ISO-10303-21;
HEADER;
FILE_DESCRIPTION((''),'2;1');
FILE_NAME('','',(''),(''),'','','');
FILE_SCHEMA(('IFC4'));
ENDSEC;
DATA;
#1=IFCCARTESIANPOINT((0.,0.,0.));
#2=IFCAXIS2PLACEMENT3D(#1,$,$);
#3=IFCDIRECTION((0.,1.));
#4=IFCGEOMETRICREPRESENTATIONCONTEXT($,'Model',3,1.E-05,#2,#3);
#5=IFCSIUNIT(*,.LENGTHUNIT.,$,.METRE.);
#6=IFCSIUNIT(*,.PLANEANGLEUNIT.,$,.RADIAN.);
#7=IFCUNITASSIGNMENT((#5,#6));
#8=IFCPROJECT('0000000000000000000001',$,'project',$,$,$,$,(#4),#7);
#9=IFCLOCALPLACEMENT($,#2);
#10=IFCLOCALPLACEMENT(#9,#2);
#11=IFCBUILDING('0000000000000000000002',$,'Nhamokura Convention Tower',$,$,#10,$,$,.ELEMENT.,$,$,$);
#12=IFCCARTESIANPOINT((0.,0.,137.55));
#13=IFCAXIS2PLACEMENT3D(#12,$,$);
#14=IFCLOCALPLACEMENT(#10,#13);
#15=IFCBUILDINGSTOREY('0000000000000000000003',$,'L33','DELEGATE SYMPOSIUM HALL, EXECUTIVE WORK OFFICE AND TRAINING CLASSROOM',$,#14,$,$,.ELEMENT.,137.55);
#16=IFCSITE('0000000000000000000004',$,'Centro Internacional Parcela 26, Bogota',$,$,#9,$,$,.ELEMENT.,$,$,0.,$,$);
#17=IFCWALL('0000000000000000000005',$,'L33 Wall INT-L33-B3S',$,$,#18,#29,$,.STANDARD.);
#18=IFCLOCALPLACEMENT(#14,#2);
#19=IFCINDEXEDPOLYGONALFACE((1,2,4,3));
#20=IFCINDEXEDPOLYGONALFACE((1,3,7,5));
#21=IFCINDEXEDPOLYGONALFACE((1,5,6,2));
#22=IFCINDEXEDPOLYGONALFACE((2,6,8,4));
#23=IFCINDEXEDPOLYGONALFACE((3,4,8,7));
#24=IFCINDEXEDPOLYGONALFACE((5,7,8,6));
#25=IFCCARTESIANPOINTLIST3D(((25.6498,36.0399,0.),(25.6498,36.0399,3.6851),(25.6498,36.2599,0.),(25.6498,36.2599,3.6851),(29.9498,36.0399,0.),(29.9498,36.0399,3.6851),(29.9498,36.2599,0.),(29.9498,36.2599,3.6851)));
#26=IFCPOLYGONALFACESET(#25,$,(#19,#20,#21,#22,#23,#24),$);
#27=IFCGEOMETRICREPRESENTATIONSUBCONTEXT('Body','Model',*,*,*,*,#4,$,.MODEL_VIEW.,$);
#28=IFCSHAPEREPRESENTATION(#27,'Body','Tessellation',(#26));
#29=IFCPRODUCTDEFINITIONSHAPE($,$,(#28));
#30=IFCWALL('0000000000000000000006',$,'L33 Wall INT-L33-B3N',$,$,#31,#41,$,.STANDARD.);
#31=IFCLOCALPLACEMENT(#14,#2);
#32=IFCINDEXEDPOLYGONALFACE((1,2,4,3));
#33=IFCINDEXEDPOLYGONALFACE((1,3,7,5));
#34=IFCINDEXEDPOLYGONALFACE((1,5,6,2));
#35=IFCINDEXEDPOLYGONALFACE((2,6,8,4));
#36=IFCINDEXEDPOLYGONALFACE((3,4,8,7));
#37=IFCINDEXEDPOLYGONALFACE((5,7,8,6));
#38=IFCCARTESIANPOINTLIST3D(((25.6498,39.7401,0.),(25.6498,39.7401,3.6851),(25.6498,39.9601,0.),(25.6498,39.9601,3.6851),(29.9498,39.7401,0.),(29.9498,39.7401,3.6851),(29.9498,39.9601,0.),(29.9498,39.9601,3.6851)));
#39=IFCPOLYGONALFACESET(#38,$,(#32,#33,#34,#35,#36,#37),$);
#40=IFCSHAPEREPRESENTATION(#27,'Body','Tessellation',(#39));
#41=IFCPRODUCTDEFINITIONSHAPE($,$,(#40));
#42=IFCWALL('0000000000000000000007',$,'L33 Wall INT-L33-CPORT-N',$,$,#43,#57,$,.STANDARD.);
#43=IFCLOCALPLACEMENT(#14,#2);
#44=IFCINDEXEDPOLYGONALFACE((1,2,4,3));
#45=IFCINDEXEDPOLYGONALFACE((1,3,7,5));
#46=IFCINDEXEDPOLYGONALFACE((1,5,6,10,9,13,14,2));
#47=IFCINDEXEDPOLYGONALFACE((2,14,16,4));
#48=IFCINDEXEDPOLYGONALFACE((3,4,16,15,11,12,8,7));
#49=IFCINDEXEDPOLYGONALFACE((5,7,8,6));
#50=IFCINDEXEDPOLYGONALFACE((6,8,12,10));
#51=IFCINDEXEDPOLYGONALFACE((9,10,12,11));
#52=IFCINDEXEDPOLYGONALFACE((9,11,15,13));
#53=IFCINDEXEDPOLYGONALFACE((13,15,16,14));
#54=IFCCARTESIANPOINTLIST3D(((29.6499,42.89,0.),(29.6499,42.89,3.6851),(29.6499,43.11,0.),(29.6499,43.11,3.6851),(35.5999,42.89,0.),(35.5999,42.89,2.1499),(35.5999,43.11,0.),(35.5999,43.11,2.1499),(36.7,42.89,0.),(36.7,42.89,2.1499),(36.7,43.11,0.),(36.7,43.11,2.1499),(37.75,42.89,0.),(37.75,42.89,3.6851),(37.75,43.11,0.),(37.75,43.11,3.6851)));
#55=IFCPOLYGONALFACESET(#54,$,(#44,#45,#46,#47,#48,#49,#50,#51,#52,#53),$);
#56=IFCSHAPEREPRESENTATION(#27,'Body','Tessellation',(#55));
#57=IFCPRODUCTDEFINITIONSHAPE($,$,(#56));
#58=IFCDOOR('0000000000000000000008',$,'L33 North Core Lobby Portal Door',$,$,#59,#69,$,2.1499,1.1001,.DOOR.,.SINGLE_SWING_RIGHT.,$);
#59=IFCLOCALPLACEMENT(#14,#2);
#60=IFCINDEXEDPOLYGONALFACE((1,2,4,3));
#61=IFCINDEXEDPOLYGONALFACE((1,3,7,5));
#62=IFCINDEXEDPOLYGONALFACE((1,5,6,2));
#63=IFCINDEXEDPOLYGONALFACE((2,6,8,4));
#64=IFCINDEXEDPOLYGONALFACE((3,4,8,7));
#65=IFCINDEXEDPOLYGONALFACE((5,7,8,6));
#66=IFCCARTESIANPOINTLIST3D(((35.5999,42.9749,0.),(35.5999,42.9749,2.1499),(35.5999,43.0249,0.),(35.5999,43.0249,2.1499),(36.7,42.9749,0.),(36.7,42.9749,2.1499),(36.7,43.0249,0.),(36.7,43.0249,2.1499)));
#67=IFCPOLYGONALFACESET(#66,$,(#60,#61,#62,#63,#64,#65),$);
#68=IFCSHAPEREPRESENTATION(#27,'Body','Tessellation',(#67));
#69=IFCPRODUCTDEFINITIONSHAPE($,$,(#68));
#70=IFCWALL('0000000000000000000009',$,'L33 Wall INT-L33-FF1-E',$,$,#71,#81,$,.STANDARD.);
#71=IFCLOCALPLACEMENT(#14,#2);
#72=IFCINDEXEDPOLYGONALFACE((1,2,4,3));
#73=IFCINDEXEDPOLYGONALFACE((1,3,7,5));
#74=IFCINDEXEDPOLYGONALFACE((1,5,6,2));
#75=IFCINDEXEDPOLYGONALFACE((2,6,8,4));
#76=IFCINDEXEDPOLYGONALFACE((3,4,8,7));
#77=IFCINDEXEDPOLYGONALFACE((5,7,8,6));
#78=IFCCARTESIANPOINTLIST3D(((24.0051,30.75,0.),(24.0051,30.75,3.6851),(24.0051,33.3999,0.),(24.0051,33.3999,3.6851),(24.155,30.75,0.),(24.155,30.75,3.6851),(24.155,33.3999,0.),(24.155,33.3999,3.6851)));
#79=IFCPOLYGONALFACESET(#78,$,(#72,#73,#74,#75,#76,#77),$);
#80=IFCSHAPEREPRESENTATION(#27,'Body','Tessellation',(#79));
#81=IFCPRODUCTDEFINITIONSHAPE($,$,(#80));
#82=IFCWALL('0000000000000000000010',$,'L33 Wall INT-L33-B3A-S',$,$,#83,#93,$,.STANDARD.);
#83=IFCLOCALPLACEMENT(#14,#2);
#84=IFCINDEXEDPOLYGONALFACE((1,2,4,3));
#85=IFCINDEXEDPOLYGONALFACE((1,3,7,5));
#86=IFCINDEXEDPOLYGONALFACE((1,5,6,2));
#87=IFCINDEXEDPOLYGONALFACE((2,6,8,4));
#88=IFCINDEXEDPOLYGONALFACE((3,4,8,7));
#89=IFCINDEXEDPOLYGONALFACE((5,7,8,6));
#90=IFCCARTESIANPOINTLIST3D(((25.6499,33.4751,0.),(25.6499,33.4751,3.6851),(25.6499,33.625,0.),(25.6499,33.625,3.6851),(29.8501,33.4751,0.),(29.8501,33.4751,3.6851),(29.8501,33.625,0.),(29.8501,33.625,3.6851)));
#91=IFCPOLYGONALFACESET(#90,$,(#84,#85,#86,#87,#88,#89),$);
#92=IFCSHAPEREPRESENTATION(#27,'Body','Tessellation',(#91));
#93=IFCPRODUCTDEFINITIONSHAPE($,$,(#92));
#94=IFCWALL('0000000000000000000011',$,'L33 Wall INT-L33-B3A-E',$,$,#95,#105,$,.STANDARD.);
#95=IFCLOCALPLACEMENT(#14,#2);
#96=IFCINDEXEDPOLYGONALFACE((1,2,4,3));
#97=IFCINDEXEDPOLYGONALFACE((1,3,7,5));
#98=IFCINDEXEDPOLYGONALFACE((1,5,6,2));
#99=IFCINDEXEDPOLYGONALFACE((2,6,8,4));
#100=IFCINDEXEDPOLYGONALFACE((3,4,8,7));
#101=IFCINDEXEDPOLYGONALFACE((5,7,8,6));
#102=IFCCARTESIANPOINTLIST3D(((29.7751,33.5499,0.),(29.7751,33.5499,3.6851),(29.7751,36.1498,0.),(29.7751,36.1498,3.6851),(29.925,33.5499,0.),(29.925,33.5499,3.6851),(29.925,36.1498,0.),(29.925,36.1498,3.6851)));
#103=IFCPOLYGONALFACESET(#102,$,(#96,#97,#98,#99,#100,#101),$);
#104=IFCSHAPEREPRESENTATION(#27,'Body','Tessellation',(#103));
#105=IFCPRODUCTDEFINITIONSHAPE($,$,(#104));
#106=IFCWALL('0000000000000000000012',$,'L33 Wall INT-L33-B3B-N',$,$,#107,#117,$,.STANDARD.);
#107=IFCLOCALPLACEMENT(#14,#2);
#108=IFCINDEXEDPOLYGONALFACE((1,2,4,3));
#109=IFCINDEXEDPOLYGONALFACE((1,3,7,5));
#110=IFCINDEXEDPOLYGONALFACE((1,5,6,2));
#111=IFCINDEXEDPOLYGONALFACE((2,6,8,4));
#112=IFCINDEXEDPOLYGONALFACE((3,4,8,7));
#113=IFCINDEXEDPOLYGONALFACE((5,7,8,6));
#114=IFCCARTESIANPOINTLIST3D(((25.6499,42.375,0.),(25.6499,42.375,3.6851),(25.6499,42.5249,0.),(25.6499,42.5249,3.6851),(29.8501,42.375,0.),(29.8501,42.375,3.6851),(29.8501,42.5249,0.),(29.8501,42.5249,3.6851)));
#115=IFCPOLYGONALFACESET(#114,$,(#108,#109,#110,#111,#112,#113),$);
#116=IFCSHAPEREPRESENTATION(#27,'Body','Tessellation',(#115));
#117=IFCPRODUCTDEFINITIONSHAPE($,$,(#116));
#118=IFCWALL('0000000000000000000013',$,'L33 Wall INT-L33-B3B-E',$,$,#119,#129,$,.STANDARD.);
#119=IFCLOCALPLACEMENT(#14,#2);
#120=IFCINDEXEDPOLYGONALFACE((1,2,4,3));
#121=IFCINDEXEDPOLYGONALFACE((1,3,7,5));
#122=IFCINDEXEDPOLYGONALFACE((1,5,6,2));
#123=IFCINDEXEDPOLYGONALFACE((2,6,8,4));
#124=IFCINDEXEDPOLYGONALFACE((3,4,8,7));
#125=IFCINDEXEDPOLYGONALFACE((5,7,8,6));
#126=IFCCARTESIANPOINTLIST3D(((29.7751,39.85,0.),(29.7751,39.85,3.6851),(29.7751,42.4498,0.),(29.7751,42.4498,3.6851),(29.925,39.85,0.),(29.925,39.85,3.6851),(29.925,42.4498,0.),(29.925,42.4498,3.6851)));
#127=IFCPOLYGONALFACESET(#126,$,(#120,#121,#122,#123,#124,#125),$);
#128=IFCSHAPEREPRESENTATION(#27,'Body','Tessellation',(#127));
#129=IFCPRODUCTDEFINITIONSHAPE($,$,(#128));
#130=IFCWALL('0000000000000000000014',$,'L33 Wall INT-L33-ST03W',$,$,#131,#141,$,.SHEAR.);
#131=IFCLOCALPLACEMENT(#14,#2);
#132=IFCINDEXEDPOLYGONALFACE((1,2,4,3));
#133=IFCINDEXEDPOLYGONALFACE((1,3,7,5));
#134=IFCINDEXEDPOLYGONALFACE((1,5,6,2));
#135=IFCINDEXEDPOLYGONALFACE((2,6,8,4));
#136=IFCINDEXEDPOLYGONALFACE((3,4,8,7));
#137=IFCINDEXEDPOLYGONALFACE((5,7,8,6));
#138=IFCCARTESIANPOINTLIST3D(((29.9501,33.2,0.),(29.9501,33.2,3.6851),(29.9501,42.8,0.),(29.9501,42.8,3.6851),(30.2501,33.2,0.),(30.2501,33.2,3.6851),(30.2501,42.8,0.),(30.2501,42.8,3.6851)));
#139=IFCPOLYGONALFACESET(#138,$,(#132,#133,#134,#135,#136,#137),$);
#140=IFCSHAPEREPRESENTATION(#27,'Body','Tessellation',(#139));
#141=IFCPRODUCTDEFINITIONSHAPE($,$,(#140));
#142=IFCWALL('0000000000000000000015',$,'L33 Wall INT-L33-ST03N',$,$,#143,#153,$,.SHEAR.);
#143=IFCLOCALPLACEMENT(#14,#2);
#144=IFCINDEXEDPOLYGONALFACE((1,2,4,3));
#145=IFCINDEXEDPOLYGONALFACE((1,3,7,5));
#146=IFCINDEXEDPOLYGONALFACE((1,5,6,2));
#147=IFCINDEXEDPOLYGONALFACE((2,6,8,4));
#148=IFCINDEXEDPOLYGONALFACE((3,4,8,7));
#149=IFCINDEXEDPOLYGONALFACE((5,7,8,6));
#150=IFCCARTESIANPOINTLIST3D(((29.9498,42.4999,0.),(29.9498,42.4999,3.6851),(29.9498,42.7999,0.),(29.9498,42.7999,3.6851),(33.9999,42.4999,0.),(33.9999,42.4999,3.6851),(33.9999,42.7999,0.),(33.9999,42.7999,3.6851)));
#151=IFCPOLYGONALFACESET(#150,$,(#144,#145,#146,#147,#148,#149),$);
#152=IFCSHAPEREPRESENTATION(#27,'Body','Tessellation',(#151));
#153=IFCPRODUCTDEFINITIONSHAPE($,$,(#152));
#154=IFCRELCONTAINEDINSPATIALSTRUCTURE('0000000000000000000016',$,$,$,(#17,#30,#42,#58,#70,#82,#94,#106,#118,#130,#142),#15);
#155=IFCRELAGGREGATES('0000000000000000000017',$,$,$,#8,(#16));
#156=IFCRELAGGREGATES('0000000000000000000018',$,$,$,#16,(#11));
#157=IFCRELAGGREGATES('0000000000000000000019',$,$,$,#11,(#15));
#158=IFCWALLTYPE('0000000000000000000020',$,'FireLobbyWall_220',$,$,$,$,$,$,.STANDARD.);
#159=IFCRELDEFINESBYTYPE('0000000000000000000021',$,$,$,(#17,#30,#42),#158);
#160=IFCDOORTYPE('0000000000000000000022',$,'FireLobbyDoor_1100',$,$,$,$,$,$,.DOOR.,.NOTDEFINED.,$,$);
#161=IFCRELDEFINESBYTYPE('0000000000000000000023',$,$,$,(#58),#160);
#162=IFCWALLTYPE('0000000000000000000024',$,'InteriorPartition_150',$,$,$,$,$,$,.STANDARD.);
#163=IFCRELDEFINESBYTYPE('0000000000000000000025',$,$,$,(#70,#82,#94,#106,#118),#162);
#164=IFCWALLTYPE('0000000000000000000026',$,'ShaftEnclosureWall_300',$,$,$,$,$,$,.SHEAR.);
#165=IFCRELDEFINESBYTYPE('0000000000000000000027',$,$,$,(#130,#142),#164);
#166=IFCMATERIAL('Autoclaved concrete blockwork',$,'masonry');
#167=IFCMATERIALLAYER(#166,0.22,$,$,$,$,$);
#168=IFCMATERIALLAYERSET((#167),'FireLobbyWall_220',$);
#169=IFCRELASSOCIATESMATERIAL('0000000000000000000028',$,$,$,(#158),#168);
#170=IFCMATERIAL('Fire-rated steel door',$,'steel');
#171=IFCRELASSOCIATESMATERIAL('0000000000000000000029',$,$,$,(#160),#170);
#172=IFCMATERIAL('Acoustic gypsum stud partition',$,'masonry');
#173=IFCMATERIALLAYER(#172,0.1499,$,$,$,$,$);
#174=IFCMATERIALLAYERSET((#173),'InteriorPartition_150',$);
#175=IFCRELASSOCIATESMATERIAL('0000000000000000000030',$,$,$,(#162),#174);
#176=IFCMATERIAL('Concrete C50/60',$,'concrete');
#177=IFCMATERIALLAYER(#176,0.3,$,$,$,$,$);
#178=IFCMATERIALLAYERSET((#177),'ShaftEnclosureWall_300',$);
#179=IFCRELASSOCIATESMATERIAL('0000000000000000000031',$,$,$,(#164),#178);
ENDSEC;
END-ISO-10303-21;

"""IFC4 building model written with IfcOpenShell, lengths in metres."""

from ifc_helpers import new_model, si_unit, direction, frame, frame_2d, origin, place, context, subcontext, project, spatial, rectangle, extrude, material, layer, layer_set, type_object, element, fill, save


model = new_model("IFC4")

# Units and contexts
model_context = context("Model", 3, precision=1e-05, world=origin(), true_north=direction((0.0, 1.0)))
body_context = subcontext(model_context, "Body", "Model", "MODEL_VIEW")
ifc_project = project(units=[si_unit("LENGTHUNIT", "METRE"), si_unit("PLANEANGLEUNIT", "RADIAN")], contexts=[model_context])

# Site, building, storey
site_placement = place(None, origin())
site = spatial("IfcSite", under=ifc_project, at=site_placement, Name="Centro Internacional Parcela 26, Bogota", CompositionType="ELEMENT", RefElevation=0.0)
building_placement = place(site_placement, origin())
building = spatial("IfcBuilding", under=site, at=building_placement, Name="Nhamokura Convention Tower", CompositionType="ELEMENT")
storey_placement = place(building_placement, frame((0.0, 0.0, 137.55)))
storey = spatial("IfcBuildingStorey", under=building, at=storey_placement, Name="L33", Description="DELEGATE SYMPOSIUM HALL, EXECUTIVE WORK OFFICE AND TRAINING CLASSROOM", CompositionType="ELEMENT", Elevation=137.55)

# Walls
ifc_material_1 = material(Name="Autoclaved concrete blockwork", Category="masonry")
ifc_layer_1 = layer(ifc_material_1, 0.22)
ifc_layer_set_1 = layer_set([ifc_layer_1], Name="FireLobbyWall_220")
wall_type_1 = type_object("IfcWallType", Name="FireLobbyWall_220", PredefinedType="STANDARD", material=ifc_layer_set_1)
for number, where, z_axis, x_axis, name in (
    (1, (25.6499, 36.1499, 0.0), (0.0, 0.0, 1.0), (1.0, 0.0, 0.0), "L33 Wall INT-L33-B3S"),
    (2, (25.6499, 39.8501, 0.0), (0.0, 0.0, 1.0), (1.0, 0.0, 0.0), "L33 Wall INT-L33-B3N"),
):
    element("IfcWall", number, at=place(storey_placement, frame(where, z_axis=z_axis, x_axis=x_axis)), inside=storey, type_object=wall_type_1, Name=name, PredefinedType="STANDARD", context=body_context, shape_type="SweptSolid", body=[
        extrude(rectangle(XDim=4.3, YDim=0.22, at=frame_2d((2.1499, 0.0))), origin(), (0.0, 0.0, 1.0), 3.6851),
    ])

# Wall, opening, door
wall_1_placement = place(storey_placement, frame((29.6499, 43.0, 0.0), z_axis=(0.0, 0.0, 1.0), x_axis=(1.0, 0.0, 0.0)))
wall_1 = element("IfcWall", 3, at=wall_1_placement, inside=storey, type_object=wall_type_1, Name="L33 Wall INT-L33-CPORT-N", PredefinedType="STANDARD", context=body_context, shape_type="SweptSolid", body=[
    extrude(rectangle(XDim=8.1001, YDim=0.22, at=frame_2d((4.05, 0.0))), origin(), (0.0, 0.0, 1.0), 3.6851),
])
opening_1_placement = place(wall_1_placement, frame((5.95, 0.0, 0.0)))
opening_1 = element("IfcOpeningElement", 4, at=opening_1_placement, cuts=wall_1, PredefinedType="OPENING", context=body_context, shape_type="SweptSolid", body=[
    extrude(rectangle(XDim=1.1001, YDim=2.1499, at=frame_2d((0.55, 1.075))), frame((0.0, 0.1199, 0.0), z_axis=(0.0, -1.0, 0.0), x_axis=(1.0, 0.0, 0.0)), (0.0, 0.0, 1.0), 0.24),
])
ifc_material_2 = material(Name="Fire-rated steel door", Category="steel")
door_type_1 = type_object("IfcDoorType", Name="FireLobbyDoor_1100", OperationType="NOTDEFINED", PredefinedType="DOOR", material=ifc_material_2)
door_1_placement = place(opening_1_placement, origin())
door_1 = element("IfcDoor", 5, at=door_1_placement, inside=storey, type_object=door_type_1, Name="L33 North Core Lobby Portal Door", OperationType="SINGLE_SWING_RIGHT", OverallHeight=2.1499, OverallWidth=1.1001, PredefinedType="DOOR", context=body_context, shape_type="SweptSolid", body=[
    extrude(rectangle(XDim=1.1001, YDim=2.1499, at=frame_2d((0.55, 1.075))), frame((0.0, 0.0249, 0.0), z_axis=(0.0, -1.0, 0.0), x_axis=(1.0, 0.0, 0.0)), (0.0, 0.0, 1.0), 0.05),
])
fill(opening_1, door_1)

# Walls
ifc_material_3 = material(Name="Acoustic gypsum stud partition", Category="masonry")
ifc_layer_2 = layer(ifc_material_3, 0.1499)
ifc_layer_set_2 = layer_set([ifc_layer_2], Name="InteriorPartition_150")
wall_type_2 = type_object("IfcWallType", Name="InteriorPartition_150", PredefinedType="STANDARD", material=ifc_layer_set_2)
wall_2_placement = place(storey_placement, frame((24.0801, 30.75, 0.0), z_axis=(0.0, 0.0, 1.0), x_axis=(0.0, 1.0, 0.0)))
element("IfcWall", 6, at=wall_2_placement, inside=storey, type_object=wall_type_2, Name="L33 Wall INT-L33-FF1-E", PredefinedType="STANDARD", context=body_context, shape_type="SweptSolid", body=[
    extrude(rectangle(XDim=2.6499, YDim=0.1499, at=frame_2d((1.325, 0.0))), origin(), (0.0, 0.0, 1.0), 3.6851),
])
wall_3_placement = place(storey_placement, frame((25.6499, 33.55, 0.0), z_axis=(0.0, 0.0, 1.0), x_axis=(1.0, 0.0, 0.0)))
element("IfcWall", 7, at=wall_3_placement, inside=storey, type_object=wall_type_2, Name="L33 Wall INT-L33-B3A-S", PredefinedType="STANDARD", context=body_context, shape_type="SweptSolid", body=[
    extrude(rectangle(XDim=4.2002, YDim=0.1499, at=frame_2d((2.1001, 0.0))), origin(), (0.0, 0.0, 1.0), 3.6851),
])
wall_4_placement = place(storey_placement, frame((29.8501, 33.55, 0.0), z_axis=(0.0, 0.0, 1.0), x_axis=(0.0, 1.0, 0.0)))
element("IfcWall", 8, at=wall_4_placement, inside=storey, type_object=wall_type_2, Name="L33 Wall INT-L33-B3A-E", PredefinedType="STANDARD", context=body_context, shape_type="SweptSolid", body=[
    extrude(rectangle(XDim=2.5999, YDim=0.1499, at=frame_2d((1.2998, 0.0))), origin(), (0.0, 0.0, 1.0), 3.6851),
])
wall_5_placement = place(storey_placement, frame((25.6499, 42.45, 0.0), z_axis=(0.0, 0.0, 1.0), x_axis=(1.0, 0.0, 0.0)))
element("IfcWall", 9, at=wall_5_placement, inside=storey, type_object=wall_type_2, Name="L33 Wall INT-L33-B3B-N", PredefinedType="STANDARD", context=body_context, shape_type="SweptSolid", body=[
    extrude(rectangle(XDim=4.2002, YDim=0.1499, at=frame_2d((2.1001, 0.0))), origin(), (0.0, 0.0, 1.0), 3.6851),
])
wall_6_placement = place(storey_placement, frame((29.8501, 39.8501, 0.0), z_axis=(0.0, 0.0, 1.0), x_axis=(0.0, 1.0, 0.0)))
element("IfcWall", 10, at=wall_6_placement, inside=storey, type_object=wall_type_2, Name="L33 Wall INT-L33-B3B-E", PredefinedType="STANDARD", context=body_context, shape_type="SweptSolid", body=[
    extrude(rectangle(XDim=2.5999, YDim=0.1499, at=frame_2d((1.2998, 0.0))), origin(), (0.0, 0.0, 1.0), 3.6851),
])
ifc_material_4 = material(Name="Concrete C50/60", Category="concrete")
ifc_layer_3 = layer(ifc_material_4, 0.3)
ifc_layer_set_3 = layer_set([ifc_layer_3], Name="ShaftEnclosureWall_300")
wall_type_3 = type_object("IfcWallType", Name="ShaftEnclosureWall_300", PredefinedType="SHEAR", material=ifc_layer_set_3)
wall_7_placement = place(storey_placement, frame((30.1001, 33.2, 0.0), z_axis=(0.0, 0.0, 1.0), x_axis=(0.0, 1.0, 0.0)))
element("IfcWall", 11, at=wall_7_placement, inside=storey, type_object=wall_type_3, Name="L33 Wall INT-L33-ST03W", PredefinedType="SHEAR", context=body_context, shape_type="SweptSolid", body=[
    extrude(rectangle(XDim=9.6001, YDim=0.3, at=frame_2d((4.8, 0.0))), origin(), (0.0, 0.0, 1.0), 3.6851),
])

# Wall
wall_8_placement = place(storey_placement, frame((29.95, 42.6499, 0.0), z_axis=(0.0, 0.0, 1.0), x_axis=(1.0, 0.0, 0.0)))
element("IfcWall", 12, at=wall_8_placement, inside=storey, type_object=wall_type_3, Name="L33 Wall INT-L33-ST03N", PredefinedType="SHEAR", context=body_context, shape_type="SweptSolid", body=[
    extrude(rectangle(XDim=4.05, YDim=0.3, at=frame_2d((2.0249, 0.0))), origin(), (0.0, 0.0, 1.0), 3.6851),
])

save(model, "model.ifc")
